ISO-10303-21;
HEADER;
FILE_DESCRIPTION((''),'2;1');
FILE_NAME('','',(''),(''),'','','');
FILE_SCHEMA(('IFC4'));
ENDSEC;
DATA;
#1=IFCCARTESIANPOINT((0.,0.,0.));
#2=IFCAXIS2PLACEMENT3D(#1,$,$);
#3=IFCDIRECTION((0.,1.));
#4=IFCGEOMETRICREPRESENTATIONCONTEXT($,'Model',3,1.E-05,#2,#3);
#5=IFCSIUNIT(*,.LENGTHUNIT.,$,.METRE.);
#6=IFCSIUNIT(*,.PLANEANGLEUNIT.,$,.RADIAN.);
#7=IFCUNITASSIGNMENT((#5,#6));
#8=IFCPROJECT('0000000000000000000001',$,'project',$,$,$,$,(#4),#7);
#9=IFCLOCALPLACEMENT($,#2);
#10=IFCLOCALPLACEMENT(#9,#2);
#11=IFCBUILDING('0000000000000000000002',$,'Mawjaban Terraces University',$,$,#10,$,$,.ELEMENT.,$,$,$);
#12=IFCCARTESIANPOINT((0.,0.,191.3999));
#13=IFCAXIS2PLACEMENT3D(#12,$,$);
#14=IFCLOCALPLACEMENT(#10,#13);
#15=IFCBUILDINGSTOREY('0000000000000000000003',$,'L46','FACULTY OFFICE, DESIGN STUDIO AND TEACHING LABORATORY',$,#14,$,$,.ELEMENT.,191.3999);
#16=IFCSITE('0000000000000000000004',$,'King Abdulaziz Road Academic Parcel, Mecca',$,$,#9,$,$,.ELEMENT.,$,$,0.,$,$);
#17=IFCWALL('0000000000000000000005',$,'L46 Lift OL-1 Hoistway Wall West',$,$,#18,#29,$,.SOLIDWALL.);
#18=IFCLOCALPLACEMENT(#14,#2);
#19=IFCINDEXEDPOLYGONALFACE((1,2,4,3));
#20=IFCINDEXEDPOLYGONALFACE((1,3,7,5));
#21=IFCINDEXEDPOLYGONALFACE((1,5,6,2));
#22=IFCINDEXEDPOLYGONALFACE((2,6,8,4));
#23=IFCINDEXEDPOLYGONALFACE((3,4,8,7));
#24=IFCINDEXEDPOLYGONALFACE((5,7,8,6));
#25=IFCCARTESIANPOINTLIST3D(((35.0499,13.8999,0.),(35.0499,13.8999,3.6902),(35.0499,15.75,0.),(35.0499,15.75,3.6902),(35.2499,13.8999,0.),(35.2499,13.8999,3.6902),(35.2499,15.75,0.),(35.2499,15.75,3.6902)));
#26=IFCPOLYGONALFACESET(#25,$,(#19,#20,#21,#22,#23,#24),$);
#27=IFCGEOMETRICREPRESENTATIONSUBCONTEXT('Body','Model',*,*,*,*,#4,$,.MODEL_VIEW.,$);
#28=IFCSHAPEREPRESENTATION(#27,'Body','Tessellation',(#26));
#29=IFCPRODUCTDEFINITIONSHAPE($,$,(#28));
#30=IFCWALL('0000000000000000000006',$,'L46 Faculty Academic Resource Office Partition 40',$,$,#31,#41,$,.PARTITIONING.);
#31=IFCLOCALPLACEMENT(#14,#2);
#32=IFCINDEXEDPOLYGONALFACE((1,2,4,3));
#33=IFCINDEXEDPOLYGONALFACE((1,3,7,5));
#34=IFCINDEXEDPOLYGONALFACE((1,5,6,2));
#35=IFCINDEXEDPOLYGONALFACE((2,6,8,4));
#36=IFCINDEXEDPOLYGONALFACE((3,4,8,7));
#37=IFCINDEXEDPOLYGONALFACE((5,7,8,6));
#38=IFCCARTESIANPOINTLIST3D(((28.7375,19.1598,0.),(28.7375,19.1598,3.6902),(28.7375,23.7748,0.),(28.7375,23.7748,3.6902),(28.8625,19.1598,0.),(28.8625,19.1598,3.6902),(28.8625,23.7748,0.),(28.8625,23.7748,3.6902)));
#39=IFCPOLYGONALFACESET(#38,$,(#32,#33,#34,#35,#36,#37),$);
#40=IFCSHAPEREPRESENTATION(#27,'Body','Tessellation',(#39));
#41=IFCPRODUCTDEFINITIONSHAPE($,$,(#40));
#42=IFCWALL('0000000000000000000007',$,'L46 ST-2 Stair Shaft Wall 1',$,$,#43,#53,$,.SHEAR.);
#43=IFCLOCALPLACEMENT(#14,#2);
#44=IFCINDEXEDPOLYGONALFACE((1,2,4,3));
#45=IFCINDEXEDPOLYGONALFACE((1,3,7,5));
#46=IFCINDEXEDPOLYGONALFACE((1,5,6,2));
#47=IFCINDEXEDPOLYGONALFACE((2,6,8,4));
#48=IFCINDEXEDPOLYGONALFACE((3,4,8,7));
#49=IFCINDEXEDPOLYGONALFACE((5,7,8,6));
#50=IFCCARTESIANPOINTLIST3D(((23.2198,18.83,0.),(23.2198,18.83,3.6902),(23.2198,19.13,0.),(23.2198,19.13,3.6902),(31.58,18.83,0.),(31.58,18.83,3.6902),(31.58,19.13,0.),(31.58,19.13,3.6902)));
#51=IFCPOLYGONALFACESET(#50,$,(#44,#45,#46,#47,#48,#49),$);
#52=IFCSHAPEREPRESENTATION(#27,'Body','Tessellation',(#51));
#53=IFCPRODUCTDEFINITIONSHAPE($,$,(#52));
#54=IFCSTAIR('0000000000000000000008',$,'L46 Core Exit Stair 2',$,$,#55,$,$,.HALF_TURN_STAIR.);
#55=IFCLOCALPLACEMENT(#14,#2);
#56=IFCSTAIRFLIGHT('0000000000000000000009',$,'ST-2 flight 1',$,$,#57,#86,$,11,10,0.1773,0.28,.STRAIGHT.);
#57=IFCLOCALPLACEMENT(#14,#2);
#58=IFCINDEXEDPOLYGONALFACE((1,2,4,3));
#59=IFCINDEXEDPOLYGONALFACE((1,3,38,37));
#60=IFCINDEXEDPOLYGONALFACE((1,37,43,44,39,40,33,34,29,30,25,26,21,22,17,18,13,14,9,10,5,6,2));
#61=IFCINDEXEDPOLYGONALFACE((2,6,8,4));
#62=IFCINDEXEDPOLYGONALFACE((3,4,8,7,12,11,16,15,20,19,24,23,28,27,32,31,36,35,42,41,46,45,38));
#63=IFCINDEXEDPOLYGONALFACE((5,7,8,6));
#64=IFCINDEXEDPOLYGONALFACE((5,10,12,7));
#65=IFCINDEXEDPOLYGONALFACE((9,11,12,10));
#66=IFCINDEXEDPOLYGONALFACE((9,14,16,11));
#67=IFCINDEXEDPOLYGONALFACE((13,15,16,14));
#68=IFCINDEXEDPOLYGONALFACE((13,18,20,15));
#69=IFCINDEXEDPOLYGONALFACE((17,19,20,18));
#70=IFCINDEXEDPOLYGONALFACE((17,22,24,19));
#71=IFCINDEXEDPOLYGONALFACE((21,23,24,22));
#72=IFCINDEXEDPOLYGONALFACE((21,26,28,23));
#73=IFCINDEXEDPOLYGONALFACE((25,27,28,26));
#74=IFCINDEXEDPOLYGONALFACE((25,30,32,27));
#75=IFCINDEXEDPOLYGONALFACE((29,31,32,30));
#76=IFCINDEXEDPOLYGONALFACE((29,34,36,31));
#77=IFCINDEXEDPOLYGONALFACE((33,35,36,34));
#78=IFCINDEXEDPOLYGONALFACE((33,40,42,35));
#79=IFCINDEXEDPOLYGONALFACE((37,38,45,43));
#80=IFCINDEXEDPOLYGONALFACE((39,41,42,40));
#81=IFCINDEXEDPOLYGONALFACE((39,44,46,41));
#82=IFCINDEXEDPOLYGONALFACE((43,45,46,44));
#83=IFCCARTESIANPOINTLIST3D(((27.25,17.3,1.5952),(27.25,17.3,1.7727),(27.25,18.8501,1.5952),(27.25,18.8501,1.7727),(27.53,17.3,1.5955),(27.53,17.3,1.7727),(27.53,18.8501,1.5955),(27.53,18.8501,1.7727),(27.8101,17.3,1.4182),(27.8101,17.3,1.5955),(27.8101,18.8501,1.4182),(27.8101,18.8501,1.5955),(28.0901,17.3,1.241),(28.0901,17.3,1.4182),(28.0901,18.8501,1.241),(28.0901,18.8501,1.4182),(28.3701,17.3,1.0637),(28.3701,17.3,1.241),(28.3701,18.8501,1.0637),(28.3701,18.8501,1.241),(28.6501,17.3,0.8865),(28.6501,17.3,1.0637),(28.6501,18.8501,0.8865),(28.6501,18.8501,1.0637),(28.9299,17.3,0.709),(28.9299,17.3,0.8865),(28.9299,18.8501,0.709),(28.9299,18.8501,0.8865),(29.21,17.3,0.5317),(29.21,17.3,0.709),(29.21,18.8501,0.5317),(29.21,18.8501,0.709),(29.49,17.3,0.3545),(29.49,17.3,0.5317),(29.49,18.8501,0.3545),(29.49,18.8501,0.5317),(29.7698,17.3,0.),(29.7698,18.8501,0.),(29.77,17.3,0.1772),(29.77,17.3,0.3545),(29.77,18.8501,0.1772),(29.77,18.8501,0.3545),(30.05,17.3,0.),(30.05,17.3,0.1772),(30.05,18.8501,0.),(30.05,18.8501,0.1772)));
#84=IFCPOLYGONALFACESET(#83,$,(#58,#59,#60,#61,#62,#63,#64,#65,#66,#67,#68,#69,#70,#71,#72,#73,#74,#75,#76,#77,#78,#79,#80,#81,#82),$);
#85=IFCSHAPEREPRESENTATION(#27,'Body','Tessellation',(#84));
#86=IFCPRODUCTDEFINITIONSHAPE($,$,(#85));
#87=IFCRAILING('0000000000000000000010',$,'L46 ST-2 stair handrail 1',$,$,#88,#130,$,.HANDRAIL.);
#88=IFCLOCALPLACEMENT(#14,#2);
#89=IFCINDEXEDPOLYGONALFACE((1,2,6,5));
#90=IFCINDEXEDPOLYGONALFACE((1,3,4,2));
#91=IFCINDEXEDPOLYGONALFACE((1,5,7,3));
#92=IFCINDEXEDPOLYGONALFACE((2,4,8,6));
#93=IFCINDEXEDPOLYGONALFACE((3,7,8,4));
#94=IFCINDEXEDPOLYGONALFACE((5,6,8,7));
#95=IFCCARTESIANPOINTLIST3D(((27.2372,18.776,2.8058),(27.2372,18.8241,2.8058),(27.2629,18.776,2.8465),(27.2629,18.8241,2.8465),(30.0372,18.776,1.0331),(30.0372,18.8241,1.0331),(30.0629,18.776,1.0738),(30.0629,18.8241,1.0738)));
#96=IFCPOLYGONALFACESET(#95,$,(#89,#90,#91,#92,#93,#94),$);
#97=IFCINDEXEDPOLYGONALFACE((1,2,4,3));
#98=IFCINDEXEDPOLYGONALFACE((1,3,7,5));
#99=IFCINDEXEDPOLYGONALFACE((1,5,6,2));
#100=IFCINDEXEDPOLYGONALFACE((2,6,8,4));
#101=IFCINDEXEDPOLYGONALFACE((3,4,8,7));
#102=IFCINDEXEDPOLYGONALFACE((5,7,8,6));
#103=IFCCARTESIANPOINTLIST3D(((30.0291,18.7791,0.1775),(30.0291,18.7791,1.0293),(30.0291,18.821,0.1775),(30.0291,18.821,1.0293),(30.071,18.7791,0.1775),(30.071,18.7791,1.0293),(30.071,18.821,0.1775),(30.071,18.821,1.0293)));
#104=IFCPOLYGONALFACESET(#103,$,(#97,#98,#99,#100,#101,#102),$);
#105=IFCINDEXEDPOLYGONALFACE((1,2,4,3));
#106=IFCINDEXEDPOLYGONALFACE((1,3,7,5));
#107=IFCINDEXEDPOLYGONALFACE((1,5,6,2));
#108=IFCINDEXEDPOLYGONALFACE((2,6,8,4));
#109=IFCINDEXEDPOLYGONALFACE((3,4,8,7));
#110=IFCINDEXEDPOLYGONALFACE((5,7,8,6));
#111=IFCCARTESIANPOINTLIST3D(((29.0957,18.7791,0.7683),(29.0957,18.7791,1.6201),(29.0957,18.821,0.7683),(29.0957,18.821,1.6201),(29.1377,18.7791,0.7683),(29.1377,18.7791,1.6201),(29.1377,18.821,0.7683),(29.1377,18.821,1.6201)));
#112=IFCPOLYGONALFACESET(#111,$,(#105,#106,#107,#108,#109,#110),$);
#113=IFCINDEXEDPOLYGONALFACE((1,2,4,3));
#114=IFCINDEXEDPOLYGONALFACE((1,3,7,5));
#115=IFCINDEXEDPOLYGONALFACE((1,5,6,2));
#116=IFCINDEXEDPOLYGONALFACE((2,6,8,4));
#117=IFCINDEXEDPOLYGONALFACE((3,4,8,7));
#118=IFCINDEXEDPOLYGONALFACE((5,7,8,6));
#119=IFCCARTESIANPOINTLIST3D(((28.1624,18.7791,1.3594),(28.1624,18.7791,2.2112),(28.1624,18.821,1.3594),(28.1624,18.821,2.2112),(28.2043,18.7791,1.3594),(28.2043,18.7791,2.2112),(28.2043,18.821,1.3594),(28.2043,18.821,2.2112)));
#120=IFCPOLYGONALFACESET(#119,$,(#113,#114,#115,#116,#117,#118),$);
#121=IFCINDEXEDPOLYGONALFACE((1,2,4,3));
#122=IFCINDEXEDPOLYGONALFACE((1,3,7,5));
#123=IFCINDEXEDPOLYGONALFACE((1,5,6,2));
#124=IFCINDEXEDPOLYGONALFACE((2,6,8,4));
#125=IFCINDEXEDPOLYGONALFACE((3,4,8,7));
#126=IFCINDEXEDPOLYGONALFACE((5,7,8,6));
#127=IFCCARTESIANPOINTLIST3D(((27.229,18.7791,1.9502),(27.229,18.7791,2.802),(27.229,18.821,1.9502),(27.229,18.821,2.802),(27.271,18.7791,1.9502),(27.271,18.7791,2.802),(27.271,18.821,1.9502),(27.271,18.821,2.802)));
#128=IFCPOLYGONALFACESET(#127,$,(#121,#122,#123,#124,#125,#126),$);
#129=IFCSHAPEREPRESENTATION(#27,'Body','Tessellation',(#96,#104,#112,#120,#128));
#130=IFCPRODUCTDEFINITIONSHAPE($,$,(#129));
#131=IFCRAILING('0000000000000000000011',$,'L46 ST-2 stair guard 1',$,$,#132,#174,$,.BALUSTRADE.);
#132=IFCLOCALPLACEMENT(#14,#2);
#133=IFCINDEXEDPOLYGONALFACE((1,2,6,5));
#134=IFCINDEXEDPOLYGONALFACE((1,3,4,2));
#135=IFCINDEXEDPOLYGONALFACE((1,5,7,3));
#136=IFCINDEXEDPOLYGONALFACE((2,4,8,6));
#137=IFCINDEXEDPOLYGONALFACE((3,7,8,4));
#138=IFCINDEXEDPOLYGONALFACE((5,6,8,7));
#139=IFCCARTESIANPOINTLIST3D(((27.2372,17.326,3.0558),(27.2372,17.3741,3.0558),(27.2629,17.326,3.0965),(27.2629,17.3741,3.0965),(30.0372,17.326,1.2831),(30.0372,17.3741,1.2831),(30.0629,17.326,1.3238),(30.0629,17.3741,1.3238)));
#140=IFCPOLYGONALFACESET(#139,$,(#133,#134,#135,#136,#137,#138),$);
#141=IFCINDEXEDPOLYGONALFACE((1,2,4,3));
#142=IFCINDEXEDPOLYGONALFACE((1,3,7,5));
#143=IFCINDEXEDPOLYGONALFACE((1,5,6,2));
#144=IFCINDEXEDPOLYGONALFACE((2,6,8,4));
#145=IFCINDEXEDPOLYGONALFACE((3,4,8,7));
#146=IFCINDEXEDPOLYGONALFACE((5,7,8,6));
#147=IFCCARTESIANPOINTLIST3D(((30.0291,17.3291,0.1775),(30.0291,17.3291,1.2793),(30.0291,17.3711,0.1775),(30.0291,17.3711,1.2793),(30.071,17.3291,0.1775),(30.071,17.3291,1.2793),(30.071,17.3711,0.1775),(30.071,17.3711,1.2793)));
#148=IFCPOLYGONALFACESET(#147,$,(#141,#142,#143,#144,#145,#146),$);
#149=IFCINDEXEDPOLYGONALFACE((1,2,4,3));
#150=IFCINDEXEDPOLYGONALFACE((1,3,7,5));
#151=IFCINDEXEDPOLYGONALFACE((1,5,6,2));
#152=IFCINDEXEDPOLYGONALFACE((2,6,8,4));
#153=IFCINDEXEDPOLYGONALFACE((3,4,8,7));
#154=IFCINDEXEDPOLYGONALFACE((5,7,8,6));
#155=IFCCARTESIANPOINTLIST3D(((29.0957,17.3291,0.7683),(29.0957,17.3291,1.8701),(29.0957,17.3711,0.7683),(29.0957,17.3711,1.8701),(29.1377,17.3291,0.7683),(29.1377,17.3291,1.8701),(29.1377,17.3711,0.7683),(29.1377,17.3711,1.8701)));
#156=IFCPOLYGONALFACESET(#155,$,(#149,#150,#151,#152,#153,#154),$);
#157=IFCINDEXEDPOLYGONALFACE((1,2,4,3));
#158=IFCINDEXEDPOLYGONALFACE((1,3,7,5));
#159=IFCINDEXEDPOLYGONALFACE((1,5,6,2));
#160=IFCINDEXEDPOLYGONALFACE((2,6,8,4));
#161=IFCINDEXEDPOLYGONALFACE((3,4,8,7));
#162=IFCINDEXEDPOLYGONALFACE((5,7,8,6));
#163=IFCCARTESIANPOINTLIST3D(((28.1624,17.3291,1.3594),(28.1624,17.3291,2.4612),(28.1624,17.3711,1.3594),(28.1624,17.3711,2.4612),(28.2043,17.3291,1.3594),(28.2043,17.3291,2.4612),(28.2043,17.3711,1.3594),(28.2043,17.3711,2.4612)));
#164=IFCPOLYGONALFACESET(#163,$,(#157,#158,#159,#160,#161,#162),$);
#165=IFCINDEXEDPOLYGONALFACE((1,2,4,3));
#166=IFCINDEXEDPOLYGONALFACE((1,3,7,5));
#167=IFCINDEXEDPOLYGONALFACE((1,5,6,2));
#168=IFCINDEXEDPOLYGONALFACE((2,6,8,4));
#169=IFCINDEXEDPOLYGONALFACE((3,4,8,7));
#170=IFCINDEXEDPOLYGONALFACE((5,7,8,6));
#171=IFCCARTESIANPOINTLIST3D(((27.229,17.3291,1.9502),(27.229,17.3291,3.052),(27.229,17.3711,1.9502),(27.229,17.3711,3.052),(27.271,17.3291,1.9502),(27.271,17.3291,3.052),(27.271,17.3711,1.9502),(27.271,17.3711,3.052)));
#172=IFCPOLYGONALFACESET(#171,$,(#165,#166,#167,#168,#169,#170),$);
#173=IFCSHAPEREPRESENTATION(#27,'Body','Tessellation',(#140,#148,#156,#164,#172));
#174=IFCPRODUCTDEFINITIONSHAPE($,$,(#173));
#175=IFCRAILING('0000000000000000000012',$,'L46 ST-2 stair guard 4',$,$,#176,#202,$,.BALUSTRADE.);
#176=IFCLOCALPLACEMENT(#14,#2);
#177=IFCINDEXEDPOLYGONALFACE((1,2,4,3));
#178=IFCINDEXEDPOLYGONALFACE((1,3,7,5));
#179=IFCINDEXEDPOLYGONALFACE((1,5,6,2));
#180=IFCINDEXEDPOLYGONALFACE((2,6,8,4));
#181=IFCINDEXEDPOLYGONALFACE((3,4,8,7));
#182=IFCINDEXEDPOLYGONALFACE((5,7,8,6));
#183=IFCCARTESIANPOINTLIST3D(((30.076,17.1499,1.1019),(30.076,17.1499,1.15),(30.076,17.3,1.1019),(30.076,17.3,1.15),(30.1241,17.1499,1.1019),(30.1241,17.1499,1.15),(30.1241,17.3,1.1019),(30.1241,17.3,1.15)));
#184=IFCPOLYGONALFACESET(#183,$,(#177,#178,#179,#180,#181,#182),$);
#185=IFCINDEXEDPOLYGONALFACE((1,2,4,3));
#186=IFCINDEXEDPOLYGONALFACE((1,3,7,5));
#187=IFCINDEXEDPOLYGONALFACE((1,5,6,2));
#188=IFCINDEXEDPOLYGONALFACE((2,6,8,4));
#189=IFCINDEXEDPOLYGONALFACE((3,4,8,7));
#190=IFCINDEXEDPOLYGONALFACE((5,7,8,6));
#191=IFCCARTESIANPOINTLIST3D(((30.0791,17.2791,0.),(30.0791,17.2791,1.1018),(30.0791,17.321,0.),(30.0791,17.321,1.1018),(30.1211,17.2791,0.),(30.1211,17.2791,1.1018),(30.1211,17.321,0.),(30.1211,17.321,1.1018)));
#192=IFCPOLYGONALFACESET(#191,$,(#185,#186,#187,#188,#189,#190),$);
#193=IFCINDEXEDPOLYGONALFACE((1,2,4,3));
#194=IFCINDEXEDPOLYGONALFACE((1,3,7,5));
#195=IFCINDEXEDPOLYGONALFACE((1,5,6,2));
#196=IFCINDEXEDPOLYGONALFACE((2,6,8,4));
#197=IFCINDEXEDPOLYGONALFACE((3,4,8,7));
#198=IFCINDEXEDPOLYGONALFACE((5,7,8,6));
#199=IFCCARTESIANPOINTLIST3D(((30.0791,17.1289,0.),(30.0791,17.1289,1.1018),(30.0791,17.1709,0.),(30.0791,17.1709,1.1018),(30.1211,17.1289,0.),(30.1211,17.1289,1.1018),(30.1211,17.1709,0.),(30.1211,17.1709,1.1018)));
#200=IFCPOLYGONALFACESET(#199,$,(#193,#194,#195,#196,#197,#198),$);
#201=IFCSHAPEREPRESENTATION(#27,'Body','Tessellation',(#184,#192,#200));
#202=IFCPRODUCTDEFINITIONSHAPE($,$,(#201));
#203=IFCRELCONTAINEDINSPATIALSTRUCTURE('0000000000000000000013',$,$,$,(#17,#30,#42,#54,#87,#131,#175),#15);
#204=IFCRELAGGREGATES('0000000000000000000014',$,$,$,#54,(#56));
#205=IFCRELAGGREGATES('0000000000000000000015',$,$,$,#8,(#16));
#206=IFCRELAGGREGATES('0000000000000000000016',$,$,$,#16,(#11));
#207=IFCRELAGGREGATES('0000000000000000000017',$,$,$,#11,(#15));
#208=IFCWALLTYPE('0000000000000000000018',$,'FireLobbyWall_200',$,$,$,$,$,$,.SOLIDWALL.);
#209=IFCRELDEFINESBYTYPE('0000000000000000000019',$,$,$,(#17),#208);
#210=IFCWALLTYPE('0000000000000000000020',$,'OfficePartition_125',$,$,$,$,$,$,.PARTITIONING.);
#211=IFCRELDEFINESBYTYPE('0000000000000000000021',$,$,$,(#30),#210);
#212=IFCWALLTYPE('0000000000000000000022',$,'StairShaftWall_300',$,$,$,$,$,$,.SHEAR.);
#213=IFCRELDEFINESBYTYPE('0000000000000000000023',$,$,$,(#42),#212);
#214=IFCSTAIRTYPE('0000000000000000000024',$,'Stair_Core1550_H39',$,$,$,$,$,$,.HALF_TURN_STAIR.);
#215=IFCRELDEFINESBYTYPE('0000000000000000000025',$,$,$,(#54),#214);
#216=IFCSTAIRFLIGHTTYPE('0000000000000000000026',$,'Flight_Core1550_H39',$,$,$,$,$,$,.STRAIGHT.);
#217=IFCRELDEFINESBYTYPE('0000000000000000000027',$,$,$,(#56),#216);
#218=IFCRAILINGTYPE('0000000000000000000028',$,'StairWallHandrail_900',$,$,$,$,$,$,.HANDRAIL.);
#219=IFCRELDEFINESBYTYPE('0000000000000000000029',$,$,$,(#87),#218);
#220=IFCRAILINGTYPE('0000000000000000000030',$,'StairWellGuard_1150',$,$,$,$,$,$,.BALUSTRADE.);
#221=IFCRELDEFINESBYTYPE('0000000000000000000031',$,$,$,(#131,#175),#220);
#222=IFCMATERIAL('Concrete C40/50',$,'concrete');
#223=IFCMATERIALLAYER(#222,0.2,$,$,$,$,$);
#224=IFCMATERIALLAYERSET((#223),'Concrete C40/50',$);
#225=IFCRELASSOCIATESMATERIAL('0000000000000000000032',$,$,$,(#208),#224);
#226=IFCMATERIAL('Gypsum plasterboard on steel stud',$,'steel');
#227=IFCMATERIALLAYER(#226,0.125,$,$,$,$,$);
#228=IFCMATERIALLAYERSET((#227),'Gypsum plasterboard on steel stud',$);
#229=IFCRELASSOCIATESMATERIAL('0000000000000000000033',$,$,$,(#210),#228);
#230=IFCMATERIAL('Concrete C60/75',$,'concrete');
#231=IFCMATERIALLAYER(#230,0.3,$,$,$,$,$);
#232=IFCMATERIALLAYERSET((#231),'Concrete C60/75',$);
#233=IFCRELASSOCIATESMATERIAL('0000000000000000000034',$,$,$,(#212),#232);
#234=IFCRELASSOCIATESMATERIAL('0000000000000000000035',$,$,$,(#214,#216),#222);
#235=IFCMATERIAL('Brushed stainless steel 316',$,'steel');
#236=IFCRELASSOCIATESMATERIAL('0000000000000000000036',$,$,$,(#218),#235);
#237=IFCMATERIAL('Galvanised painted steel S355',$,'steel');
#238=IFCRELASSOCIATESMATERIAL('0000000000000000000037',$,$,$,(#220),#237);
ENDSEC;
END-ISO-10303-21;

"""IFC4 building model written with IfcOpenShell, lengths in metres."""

from ifc_helpers import new_model, si_unit, direction, frame, frame_2d, origin, origin_2d, place, context, subcontext, project, spatial, polyline, rectangle, outline, extrude, material, layer, layer_set, type_object, element, aggregate, save


model = new_model("IFC4")

# Units and contexts
model_context = context("Model", 3, precision=1e-05, world=origin(), true_north=direction((0.0, 1.0)))
body_context = subcontext(model_context, "Body", "Model", "MODEL_VIEW")
ifc_project = project(units=[si_unit("LENGTHUNIT", "METRE"), si_unit("PLANEANGLEUNIT", "RADIAN")], contexts=[model_context])

# Site, building, storey
site_placement = place(None, origin())
site = spatial("IfcSite", under=ifc_project, at=site_placement, Name="King Abdulaziz Road Academic Parcel, Mecca", CompositionType="ELEMENT", RefElevation=0.0)
building_placement = place(site_placement, origin())
building = spatial("IfcBuilding", under=site, at=building_placement, Name="Mawjaban Terraces University", CompositionType="ELEMENT")
storey_placement = place(building_placement, frame((0.0, 0.0, 191.3999)))
storey = spatial("IfcBuildingStorey", under=building, at=storey_placement, Name="L46", Description="FACULTY OFFICE, DESIGN STUDIO AND TEACHING LABORATORY", CompositionType="ELEMENT", Elevation=191.3999)

# Shared definitions
ifc_material_1 = material(Name="Concrete C60/75", Category="concrete")

# Shared definitions
ifc_material_2 = material(Name="Concrete C40/50", Category="concrete")
ifc_layer_1 = layer(ifc_material_2, 0.2)
ifc_layer_set_1 = layer_set([ifc_layer_1], Name="Concrete C40/50")
wall_type_1 = type_object("IfcWallType", Name="FireLobbyWall_200", PredefinedType="SOLIDWALL", material=ifc_layer_set_1)

# Walls
wall_1_placement = place(storey_placement, frame((35.1499, 15.75, 0.0), z_axis=(0.0, 0.0, 1.0), x_axis=(0.0, -1.0, 0.0)))
element("IfcWall", 1, at=wall_1_placement, inside=storey, type_object=wall_type_1, Name="L46 Lift OL-1 Hoistway Wall West", PredefinedType="SOLIDWALL", context=body_context, shape_type="SweptSolid", body=[
    extrude(rectangle(XDim=1.8501, YDim=0.2, at=frame_2d((0.925, 0.0))), origin(), (0.0, 0.0, 1.0), 3.6902),
])
ifc_material_3 = material(Name="Gypsum plasterboard on steel stud", Category="steel")
ifc_layer_2 = layer(ifc_material_3, 0.125)
ifc_layer_set_2 = layer_set([ifc_layer_2], Name="Gypsum plasterboard on steel stud")
wall_type_2 = type_object("IfcWallType", Name="OfficePartition_125", PredefinedType="PARTITIONING", material=ifc_layer_set_2)
wall_2_placement = place(storey_placement, frame((28.8, 23.7749, 0.0), z_axis=(0.0, 0.0, 1.0), x_axis=(0.0, -1.0, 0.0)))
element("IfcWall", 2, at=wall_2_placement, inside=storey, type_object=wall_type_2, Name="L46 Faculty Academic Resource Office Partition 40", PredefinedType="PARTITIONING", context=body_context, shape_type="SweptSolid", body=[
    extrude(rectangle(XDim=4.615, YDim=0.125, at=frame_2d((2.3076, 0.0))), origin(), (0.0, 0.0, 1.0), 3.6902),
])
ifc_layer_3 = layer(ifc_material_1, 0.3)
ifc_layer_set_3 = layer_set([ifc_layer_3], Name="Concrete C60/75")
wall_type_3 = type_object("IfcWallType", Name="StairShaftWall_300", PredefinedType="SHEAR", material=ifc_layer_set_3)
wall_3_placement = place(storey_placement, frame((31.5801, 18.98, 0.0), z_axis=(0.0, 0.0, 1.0), x_axis=(-1.0, 0.0, 0.0)))
element("IfcWall", 3, at=wall_3_placement, inside=storey, type_object=wall_type_3, Name="L46 ST-2 Stair Shaft Wall 1", PredefinedType="SHEAR", context=body_context, shape_type="SweptSolid", body=[
    extrude(rectangle(XDim=8.3601, YDim=0.3, at=frame_2d((4.1802, 0.0))), origin(), (0.0, 0.0, 1.0), 3.6902),
])

# Stair, stair flight
stair_type = type_object("IfcStairType", Name="Stair_Core1550_H39", PredefinedType="HALF_TURN_STAIR", material=ifc_material_2)
stair_placement = place(storey_placement, origin())
stair = element("IfcStair", 4, at=stair_placement, inside=storey, type_object=stair_type, Name="L46 Core Exit Stair 2", PredefinedType="HALF_TURN_STAIR")
stair_flight_type = type_object("IfcStairFlightType", Name="Flight_Core1550_H39", PredefinedType="STRAIGHT", material=ifc_material_2)
stair_flight_placement = place(storey_placement, frame((30.05, 18.075, 0.0), z_axis=(0.0, 0.0, 1.0), x_axis=(-1.0, 0.0, 0.0)))
stair_flight = element("IfcStairFlight", 5, at=stair_flight_placement, type_object=stair_flight_type, Name="ST-2 flight 1", NumberOfRisers=11, NumberOfTreads=10, PredefinedType="STRAIGHT", RiserHeight=0.1773, TreadLength=0.28, context=body_context, shape_type="SweptSolid", body=[
    extrude(outline(polyline([(0.0, 0.0), (0.0, 0.1772), (0.28, 0.1772), (0.28, 0.3545), (0.5601, 0.3545), (0.5601, 0.5317), (0.8401, 0.5317), (0.8401, 0.709), (1.1201, 0.709), (1.1201, 0.8865), (1.3999, 0.8865), (1.3999, 1.0637), (1.6799, 1.0637), (1.6799, 1.241), (1.96, 1.241), (1.96, 1.4182), (2.24, 1.4182), (2.24, 1.5955), (2.52, 1.5955), (2.52, 1.7727), (2.8, 1.7727), (2.8, 1.95), (2.8, 1.5952), (0.2803, 0.0), (0.0, 0.0)])), frame((0.0, 0.7749, 0.0), z_axis=(0.0, -1.0, 0.0), x_axis=(1.0, 0.0, 0.0)), (0.0, 0.0, 1.0), 1.55),
])
aggregate(stair, [stair_flight])

# Railings
ifc_material_4 = material(Name="Brushed stainless steel 316", Category="steel")
railing_type_1 = type_object("IfcRailingType", Name="StairWallHandrail_900", PredefinedType="HANDRAIL", material=ifc_material_4)
railing_1_placement = place(storey_placement, frame((30.05, 18.8, 0.1775)))
element("IfcRailing", 6, at=railing_1_placement, inside=storey, type_object=railing_type_1, Name="L46 ST-2 stair handrail 1", PredefinedType="HANDRAIL", context=body_context, shape_type="SweptSolid", body=[
    extrude(rectangle(XDim=0.0481, YDim=0.0481, at=origin_2d()), frame((0.0, 0.0, 0.876), z_axis=(-0.844909, 0.0, 0.53491), x_axis=(0.0, -1.0, 0.0)), (0.0, 0.0, 1.0), 3.314),
    extrude(rectangle(XDim=0.042, YDim=0.042, at=origin_2d()), origin(), (0.0, 0.0, 1.0), 0.8518),
    extrude(rectangle(XDim=0.042, YDim=0.042, at=origin_2d()), frame((-0.9333, 0.0, 0.5908)), (0.0, 0.0, 1.0), 0.8518),
    extrude(rectangle(XDim=0.042, YDim=0.042, at=origin_2d()), frame((-1.8667, 0.0, 1.1819)), (0.0, 0.0, 1.0), 0.8518),
    extrude(rectangle(XDim=0.042, YDim=0.042, at=origin_2d()), frame((-2.8, 0.0, 1.7727)), (0.0, 0.0, 1.0), 0.8518),
])
ifc_material_5 = material(Name="Galvanised painted steel S355", Category="steel")
railing_type_2 = type_object("IfcRailingType", Name="StairWellGuard_1150", PredefinedType="BALUSTRADE", material=ifc_material_5)
railing_2_placement = place(storey_placement, frame((30.05, 17.3501, 0.1775)))
element("IfcRailing", 7, at=railing_2_placement, inside=storey, type_object=railing_type_2, Name="L46 ST-2 stair guard 1", PredefinedType="BALUSTRADE", context=body_context, shape_type="SweptSolid", body=[
    extrude(rectangle(XDim=0.0481, YDim=0.0481, at=origin_2d()), frame((0.0, 0.0, 1.126), z_axis=(-0.844909, 0.0, 0.53491), x_axis=(0.0, -1.0, 0.0)), (0.0, 0.0, 1.0), 3.314),
    extrude(rectangle(XDim=0.042, YDim=0.042, at=origin_2d()), origin(), (0.0, 0.0, 1.0), 1.1018),
    extrude(rectangle(XDim=0.042, YDim=0.042, at=origin_2d()), frame((-0.9333, 0.0, 0.5908)), (0.0, 0.0, 1.0), 1.1018),
    extrude(rectangle(XDim=0.042, YDim=0.042, at=origin_2d()), frame((-1.8667, 0.0, 1.1819)), (0.0, 0.0, 1.0), 1.1018),
    extrude(rectangle(XDim=0.042, YDim=0.042, at=origin_2d()), frame((-2.8, 0.0, 1.7727)), (0.0, 0.0, 1.0), 1.1018),
])
railing_3_placement = place(storey_placement, frame((30.1001, 17.3, 0.0)))
element("IfcRailing", 8, at=railing_3_placement, inside=storey, type_object=railing_type_2, Name="L46 ST-2 stair guard 4", PredefinedType="BALUSTRADE", context=body_context, shape_type="SweptSolid", body=[
    extrude(rectangle(XDim=0.0481, YDim=0.0481, at=origin_2d()), frame((0.0, 0.0, 1.126), z_axis=(0.0, -1.0, 0.0), x_axis=(1.0, 0.0, 0.0)), (0.0, 0.0, 1.0), 0.1501),
    extrude(rectangle(XDim=0.042, YDim=0.042, at=origin_2d()), origin(), (0.0, 0.0, 1.0), 1.1018),
    extrude(rectangle(XDim=0.042, YDim=0.042, at=origin_2d()), frame((0.0, -0.1501, 0.0)), (0.0, 0.0, 1.0), 1.1018),
])

save(model, "model.ifc")
